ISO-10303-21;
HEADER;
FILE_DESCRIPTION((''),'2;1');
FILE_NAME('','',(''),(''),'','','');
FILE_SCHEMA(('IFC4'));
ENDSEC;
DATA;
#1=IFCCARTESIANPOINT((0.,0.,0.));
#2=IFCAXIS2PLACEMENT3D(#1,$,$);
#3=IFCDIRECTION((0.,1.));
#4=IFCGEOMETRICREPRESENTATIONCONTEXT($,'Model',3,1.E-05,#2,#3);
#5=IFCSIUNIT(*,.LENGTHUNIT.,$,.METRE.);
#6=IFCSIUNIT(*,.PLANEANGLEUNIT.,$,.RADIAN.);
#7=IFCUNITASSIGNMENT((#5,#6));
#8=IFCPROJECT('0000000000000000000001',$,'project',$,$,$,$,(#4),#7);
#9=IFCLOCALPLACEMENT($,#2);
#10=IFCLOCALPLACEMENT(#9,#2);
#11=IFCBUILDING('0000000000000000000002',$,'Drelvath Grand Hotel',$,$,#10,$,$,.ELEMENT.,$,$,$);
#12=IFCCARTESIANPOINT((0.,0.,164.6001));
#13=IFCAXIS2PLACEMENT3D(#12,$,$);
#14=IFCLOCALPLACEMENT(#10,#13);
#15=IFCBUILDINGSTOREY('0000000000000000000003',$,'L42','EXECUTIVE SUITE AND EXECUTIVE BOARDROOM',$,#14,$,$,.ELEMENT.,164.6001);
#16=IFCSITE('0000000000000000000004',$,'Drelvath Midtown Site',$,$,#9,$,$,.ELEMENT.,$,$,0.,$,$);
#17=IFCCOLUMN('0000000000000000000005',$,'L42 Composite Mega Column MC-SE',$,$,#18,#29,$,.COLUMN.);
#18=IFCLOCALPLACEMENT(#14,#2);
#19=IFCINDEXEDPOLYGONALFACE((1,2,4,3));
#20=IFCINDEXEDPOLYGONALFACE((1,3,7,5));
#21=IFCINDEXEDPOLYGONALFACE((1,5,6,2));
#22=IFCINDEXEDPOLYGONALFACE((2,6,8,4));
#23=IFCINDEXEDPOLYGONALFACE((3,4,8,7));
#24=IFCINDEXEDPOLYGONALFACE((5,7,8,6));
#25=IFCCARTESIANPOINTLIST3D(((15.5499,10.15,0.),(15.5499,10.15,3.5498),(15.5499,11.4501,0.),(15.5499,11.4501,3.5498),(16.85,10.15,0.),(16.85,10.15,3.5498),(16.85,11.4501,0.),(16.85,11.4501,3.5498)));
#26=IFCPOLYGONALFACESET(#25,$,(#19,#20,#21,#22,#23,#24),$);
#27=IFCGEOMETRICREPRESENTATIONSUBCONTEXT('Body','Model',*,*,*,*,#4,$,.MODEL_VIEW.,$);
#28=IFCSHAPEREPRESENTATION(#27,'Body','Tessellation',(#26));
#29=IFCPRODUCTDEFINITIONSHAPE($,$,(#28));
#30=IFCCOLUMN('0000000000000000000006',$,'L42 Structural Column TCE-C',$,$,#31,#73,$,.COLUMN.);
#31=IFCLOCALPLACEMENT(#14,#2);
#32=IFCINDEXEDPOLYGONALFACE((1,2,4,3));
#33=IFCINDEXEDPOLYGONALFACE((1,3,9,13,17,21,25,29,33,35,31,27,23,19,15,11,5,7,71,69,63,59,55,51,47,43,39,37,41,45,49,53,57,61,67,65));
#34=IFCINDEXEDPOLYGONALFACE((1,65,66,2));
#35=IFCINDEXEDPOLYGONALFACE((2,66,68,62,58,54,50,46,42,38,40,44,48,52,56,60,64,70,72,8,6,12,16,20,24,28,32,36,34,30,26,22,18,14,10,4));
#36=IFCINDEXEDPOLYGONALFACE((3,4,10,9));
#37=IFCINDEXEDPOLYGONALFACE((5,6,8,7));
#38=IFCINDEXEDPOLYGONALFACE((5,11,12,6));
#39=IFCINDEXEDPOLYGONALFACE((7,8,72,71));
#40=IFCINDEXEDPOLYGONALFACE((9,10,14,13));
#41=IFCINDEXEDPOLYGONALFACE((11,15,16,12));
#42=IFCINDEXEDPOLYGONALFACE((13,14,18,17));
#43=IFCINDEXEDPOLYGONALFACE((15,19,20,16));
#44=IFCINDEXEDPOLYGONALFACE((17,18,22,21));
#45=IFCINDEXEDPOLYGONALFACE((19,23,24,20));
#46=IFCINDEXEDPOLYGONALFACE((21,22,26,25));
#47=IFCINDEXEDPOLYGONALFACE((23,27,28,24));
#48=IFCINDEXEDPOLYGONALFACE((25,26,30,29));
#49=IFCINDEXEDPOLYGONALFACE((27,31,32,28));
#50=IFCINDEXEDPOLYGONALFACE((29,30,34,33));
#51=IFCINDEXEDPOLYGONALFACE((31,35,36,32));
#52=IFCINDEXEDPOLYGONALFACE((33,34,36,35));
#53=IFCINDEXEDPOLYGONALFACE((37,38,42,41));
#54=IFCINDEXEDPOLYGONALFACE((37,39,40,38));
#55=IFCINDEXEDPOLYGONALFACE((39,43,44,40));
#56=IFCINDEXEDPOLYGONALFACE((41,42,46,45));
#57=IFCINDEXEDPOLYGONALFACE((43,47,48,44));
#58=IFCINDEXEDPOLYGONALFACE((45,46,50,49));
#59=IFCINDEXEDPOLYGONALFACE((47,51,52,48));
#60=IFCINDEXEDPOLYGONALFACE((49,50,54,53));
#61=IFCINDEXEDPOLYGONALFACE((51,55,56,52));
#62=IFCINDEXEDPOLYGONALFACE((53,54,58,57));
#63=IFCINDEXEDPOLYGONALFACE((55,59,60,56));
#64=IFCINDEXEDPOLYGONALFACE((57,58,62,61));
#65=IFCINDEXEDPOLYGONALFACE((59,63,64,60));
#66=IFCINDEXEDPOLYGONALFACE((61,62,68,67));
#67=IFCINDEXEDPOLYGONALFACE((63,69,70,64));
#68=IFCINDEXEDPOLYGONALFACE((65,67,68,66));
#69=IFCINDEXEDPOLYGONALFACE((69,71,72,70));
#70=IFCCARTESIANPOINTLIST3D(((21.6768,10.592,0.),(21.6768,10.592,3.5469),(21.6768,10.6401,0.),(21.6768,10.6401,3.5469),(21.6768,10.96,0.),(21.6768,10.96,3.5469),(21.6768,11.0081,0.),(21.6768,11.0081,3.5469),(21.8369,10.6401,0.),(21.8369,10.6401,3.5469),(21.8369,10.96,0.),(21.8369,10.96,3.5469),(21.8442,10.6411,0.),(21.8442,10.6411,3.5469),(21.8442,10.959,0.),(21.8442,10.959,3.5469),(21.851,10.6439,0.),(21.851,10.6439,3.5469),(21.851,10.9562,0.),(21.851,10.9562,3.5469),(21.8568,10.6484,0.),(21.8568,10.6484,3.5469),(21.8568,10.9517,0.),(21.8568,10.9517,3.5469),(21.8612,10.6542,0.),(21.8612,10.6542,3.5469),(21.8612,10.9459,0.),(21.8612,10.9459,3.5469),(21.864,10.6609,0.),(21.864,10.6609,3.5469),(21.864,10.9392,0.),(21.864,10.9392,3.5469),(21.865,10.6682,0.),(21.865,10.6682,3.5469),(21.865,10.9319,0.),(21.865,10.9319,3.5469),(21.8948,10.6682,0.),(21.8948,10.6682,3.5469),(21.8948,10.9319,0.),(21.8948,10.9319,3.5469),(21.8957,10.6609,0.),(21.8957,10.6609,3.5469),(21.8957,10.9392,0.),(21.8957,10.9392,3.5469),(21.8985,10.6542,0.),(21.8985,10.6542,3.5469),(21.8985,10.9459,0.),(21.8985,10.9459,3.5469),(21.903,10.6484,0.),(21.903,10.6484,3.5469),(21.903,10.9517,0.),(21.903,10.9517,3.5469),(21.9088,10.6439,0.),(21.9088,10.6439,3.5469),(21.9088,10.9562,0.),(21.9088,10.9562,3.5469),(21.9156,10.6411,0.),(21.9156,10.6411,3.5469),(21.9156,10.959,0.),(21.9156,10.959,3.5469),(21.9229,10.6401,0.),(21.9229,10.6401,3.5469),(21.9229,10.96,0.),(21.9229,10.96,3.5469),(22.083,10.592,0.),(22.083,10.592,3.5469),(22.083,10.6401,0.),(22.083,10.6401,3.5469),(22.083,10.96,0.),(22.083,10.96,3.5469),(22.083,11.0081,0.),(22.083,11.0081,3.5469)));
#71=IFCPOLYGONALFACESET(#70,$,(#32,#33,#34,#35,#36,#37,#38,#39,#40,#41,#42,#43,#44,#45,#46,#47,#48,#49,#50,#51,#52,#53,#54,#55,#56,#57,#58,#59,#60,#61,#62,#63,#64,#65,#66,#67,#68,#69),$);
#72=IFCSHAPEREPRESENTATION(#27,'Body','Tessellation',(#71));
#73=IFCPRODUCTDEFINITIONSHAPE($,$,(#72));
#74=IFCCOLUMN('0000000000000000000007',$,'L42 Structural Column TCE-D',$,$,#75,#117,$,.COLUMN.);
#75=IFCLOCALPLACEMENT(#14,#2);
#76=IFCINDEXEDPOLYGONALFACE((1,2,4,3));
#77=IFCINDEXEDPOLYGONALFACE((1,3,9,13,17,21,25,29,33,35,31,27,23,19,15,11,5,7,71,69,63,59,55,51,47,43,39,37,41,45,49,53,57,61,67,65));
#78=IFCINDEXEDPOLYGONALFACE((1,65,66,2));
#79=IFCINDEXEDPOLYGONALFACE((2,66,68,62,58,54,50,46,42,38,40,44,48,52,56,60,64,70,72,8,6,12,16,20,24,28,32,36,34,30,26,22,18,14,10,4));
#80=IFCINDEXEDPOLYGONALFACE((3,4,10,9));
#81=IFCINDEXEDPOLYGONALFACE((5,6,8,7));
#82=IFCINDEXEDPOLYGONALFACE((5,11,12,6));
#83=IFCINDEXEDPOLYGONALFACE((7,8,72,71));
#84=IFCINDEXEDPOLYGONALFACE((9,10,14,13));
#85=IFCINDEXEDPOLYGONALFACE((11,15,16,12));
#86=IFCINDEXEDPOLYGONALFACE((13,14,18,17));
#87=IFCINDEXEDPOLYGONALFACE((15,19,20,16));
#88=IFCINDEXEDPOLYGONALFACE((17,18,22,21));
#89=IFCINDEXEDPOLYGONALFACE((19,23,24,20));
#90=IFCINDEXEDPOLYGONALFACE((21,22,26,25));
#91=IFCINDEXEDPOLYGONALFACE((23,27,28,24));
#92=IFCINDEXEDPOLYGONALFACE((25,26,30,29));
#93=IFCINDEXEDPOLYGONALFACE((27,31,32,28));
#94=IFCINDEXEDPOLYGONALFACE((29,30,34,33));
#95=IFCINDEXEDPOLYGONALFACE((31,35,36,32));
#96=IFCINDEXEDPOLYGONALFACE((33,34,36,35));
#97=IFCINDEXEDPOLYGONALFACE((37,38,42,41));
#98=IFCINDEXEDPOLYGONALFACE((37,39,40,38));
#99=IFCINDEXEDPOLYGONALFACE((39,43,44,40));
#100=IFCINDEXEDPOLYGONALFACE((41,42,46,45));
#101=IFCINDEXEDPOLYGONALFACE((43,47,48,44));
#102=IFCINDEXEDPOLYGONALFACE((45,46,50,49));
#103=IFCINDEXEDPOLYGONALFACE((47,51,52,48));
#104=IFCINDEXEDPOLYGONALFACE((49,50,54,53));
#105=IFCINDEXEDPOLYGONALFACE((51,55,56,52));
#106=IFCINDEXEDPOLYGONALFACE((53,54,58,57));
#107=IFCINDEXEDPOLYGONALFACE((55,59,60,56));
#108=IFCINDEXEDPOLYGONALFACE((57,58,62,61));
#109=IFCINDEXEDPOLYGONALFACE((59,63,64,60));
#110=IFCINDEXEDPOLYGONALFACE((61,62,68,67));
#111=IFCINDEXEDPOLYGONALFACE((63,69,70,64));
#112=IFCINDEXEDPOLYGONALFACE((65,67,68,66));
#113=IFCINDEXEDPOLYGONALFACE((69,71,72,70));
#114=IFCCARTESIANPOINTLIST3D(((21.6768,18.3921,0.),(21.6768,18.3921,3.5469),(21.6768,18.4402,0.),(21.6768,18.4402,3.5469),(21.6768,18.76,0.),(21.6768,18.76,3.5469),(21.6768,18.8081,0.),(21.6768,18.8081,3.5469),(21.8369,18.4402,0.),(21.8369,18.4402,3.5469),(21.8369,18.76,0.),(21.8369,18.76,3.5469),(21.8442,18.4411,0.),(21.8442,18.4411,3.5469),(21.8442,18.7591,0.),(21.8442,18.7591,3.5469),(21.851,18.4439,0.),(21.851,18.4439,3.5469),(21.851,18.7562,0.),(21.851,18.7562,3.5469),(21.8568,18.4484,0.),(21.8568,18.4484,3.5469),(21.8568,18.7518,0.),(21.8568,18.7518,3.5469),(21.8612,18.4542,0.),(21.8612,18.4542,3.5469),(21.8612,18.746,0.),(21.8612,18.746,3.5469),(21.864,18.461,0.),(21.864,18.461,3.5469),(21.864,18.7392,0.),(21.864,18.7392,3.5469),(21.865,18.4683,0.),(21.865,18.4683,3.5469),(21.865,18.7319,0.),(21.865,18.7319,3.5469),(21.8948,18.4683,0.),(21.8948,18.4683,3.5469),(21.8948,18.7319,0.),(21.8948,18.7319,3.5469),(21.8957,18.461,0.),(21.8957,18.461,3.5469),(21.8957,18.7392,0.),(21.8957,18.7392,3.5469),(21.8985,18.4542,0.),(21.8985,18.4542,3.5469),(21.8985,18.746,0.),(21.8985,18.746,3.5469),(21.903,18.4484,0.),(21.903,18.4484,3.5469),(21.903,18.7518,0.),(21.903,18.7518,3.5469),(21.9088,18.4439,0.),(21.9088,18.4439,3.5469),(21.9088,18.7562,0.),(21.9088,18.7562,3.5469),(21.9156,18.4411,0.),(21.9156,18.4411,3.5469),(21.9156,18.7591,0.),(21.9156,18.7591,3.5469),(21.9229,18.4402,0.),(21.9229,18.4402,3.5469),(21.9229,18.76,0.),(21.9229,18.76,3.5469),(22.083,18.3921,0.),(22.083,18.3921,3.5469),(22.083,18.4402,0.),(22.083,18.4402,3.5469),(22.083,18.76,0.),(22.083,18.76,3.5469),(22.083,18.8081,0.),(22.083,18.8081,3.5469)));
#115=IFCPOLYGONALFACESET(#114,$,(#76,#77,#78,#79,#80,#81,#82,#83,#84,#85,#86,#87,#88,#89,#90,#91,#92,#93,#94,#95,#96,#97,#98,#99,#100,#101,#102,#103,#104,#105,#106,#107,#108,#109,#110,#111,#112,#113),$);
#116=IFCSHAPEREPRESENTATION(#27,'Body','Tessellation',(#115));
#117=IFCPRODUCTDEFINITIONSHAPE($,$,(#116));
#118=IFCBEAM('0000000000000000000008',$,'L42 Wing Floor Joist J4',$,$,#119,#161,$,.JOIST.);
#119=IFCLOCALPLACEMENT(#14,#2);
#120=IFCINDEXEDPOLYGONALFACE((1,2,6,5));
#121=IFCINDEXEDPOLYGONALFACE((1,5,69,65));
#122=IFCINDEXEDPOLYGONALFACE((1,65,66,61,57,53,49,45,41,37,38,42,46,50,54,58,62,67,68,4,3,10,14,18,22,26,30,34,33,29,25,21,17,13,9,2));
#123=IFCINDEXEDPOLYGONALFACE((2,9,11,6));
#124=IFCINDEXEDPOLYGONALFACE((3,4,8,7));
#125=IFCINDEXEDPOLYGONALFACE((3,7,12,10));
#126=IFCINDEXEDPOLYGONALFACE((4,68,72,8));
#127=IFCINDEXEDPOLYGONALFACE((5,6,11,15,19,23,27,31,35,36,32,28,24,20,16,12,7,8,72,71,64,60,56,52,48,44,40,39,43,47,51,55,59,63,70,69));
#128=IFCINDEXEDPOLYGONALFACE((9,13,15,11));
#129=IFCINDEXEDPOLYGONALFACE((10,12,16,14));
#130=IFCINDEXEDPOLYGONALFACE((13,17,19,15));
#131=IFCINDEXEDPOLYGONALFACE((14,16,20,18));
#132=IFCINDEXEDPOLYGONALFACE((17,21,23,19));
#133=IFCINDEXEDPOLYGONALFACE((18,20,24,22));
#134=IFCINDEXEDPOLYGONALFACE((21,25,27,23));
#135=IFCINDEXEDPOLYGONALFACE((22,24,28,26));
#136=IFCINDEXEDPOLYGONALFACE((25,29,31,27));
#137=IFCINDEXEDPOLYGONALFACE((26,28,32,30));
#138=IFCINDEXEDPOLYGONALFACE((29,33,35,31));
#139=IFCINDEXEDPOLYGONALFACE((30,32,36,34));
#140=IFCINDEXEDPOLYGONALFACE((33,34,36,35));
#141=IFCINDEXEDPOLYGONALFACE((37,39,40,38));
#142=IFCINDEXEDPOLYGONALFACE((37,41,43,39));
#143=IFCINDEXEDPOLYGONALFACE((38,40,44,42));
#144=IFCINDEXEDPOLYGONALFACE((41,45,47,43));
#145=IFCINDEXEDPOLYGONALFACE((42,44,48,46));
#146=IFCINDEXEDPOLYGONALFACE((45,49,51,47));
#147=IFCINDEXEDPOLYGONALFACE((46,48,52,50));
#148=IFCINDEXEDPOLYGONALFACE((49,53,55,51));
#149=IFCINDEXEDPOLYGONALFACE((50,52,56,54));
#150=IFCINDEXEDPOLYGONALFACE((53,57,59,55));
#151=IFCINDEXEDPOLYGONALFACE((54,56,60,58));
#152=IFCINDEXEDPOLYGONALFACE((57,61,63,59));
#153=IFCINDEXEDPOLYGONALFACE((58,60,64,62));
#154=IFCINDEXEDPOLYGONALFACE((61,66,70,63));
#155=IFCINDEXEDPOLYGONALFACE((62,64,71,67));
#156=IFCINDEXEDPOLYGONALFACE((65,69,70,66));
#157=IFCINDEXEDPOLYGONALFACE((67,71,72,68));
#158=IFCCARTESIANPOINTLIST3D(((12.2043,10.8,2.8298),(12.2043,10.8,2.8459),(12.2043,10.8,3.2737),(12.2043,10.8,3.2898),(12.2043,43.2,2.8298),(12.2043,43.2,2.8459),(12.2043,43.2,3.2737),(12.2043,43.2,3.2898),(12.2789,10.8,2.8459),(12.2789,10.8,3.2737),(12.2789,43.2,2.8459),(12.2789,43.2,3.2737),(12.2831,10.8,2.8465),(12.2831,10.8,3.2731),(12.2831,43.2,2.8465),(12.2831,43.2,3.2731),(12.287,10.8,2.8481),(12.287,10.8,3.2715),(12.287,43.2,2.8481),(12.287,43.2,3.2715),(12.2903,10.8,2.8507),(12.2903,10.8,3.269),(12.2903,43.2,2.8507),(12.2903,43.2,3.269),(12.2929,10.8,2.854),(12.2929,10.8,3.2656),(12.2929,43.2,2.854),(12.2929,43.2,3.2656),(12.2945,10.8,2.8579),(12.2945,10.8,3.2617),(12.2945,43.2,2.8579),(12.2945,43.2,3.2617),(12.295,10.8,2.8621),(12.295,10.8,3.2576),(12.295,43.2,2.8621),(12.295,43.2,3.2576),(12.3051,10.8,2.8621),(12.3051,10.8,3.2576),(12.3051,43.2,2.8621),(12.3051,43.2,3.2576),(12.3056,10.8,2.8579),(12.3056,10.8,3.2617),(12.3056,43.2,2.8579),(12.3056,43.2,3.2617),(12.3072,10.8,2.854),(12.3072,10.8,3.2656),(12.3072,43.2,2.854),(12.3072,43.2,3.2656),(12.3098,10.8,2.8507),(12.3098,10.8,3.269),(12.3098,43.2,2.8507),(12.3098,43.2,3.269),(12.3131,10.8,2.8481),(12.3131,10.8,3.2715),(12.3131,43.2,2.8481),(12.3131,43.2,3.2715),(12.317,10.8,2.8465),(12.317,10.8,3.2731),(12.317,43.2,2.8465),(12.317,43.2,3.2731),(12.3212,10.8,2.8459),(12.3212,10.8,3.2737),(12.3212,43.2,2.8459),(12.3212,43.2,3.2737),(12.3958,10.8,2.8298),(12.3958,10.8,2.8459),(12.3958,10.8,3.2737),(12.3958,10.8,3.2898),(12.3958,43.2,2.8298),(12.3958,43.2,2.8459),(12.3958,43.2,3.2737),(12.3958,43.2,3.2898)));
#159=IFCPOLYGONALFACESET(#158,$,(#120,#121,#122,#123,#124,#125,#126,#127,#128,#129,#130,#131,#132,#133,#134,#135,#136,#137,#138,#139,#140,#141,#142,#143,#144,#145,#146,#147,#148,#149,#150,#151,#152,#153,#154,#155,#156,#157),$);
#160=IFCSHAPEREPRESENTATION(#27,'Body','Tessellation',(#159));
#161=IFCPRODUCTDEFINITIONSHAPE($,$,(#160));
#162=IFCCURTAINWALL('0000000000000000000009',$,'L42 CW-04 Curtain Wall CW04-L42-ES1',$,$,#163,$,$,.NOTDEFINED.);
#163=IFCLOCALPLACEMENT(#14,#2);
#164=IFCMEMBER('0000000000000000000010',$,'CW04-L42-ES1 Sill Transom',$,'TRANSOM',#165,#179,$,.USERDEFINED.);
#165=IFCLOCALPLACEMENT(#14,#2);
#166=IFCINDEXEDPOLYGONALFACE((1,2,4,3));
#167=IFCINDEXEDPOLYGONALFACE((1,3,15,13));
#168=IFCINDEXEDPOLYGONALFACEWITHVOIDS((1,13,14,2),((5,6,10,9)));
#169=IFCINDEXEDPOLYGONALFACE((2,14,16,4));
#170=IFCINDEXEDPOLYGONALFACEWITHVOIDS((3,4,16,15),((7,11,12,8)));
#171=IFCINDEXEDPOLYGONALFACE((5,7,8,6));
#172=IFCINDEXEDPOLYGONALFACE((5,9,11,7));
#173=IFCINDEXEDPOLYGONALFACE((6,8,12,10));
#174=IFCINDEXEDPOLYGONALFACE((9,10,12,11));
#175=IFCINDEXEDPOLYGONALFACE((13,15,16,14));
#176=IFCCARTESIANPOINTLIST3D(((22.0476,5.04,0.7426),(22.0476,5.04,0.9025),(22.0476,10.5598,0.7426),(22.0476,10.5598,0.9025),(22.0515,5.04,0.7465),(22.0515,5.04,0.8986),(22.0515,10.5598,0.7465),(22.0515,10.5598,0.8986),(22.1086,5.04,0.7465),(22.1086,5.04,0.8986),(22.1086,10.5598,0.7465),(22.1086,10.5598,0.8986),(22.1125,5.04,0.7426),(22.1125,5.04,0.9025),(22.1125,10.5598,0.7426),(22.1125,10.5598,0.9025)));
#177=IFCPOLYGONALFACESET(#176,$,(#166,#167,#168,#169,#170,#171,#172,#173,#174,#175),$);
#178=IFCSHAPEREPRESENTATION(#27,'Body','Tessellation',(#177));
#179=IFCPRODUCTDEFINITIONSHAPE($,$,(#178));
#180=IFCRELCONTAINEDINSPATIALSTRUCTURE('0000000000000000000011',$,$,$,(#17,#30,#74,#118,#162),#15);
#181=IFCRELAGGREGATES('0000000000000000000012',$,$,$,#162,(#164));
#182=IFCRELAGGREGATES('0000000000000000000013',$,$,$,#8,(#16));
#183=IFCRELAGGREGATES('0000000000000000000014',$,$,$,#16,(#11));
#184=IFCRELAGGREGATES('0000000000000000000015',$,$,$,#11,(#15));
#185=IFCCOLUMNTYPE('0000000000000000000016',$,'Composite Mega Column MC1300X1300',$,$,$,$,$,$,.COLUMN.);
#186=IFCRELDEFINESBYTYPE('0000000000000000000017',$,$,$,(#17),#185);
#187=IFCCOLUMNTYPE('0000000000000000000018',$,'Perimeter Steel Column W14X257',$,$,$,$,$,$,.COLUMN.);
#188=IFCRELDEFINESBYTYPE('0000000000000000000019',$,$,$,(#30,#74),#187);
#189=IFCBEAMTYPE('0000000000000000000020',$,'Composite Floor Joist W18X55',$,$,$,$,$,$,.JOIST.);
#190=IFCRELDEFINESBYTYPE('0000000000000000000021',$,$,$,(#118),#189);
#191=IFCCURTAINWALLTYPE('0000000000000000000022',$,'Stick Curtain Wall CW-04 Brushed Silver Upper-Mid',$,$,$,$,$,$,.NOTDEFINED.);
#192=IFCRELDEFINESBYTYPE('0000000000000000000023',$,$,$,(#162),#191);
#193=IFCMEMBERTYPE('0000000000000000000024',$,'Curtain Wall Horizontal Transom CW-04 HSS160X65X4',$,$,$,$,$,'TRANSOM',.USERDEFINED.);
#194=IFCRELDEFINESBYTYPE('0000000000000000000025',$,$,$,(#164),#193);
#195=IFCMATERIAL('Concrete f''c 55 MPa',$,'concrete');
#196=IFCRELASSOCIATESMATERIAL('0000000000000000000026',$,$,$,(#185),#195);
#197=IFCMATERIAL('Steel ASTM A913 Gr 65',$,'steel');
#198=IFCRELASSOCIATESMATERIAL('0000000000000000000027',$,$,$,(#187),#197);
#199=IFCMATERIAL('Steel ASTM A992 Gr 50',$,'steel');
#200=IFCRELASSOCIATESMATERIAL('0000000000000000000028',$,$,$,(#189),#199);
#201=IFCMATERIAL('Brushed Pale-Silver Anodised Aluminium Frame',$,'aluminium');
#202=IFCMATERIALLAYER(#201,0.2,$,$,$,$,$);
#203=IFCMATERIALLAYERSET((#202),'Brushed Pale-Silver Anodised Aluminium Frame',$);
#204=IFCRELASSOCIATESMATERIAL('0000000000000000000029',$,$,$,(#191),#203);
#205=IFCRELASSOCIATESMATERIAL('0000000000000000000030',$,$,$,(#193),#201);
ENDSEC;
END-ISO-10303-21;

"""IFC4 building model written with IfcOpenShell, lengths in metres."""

from ifc_helpers import new_model, si_unit, direction, frame, origin, origin_2d, place, context, subcontext, project, spatial, rectangle, hollow_rectangle, i_section, extrude, material, layer, layer_set, material_profile, profile_set, type_object, element, aggregate, save


model = new_model("IFC4")

# Units and contexts
model_context = context("Model", 3, precision=1e-05, world=origin(), true_north=direction((0.0, 1.0)))
body_context = subcontext(model_context, "Body", "Model", "MODEL_VIEW")
ifc_project = project(units=[si_unit("LENGTHUNIT", "METRE"), si_unit("PLANEANGLEUNIT", "RADIAN")], contexts=[model_context])

# Site, building, storey
site_placement = place(None, origin())
site = spatial("IfcSite", under=ifc_project, at=site_placement, Name="Drelvath Midtown Site", CompositionType="ELEMENT", RefElevation=0.0)
building_placement = place(site_placement, origin())
building = spatial("IfcBuilding", under=site, at=building_placement, Name="Drelvath Grand Hotel", CompositionType="ELEMENT")
storey_placement = place(building_placement, frame((0.0, 0.0, 164.6001)))
storey = spatial("IfcBuildingStorey", under=building, at=storey_placement, Name="L42", Description="EXECUTIVE SUITE AND EXECUTIVE BOARDROOM", CompositionType="ELEMENT", Elevation=164.6001)

# Columns
ifc_material_1 = material(Name="Concrete f'c 55 MPa", Category="concrete")
ifc_material_profile_1 = material_profile(ifc_material_1, rectangle(XDim=1.3, YDim=1.3, at=origin_2d()), Name="MC1300X1300")
ifc_profile_set_1 = profile_set([ifc_material_profile_1], Name="Concrete f'c 55 MPa")
column_type_1 = type_object("IfcColumnType", Name="Composite Mega Column MC1300X1300", PredefinedType="COLUMN", material=ifc_profile_set_1)
column_placement = place(storey_placement, frame((16.2, 10.8, 0.0), z_axis=(0.0, 0.0, 1.0), x_axis=(1.0, 0.0, 0.0)))
element("IfcColumn", 1, at=column_placement, inside=storey, type_object=column_type_1, Name="L42 Composite Mega Column MC-SE", PredefinedType="COLUMN", context=body_context, shape_type="SweptSolid", body=[
    extrude(rectangle(XDim=1.3, YDim=1.3, at=origin_2d()), origin(), (0.0, 0.0, 1.0), 3.5498),
])
ifc_material_2 = material(Name="Steel ASTM A913 Gr 65", Category="steel")
ifc_material_profile_2 = material_profile(ifc_material_2, i_section(OverallWidth=0.4062, OverallDepth=0.416, WebThickness=0.0298, FlangeThickness=0.0481, FilletRadius=0.0281, at=origin_2d()), Name="W14X257")
ifc_profile_set_2 = profile_set([ifc_material_profile_2], Name="Steel ASTM A913 Gr 65")
column_type_2 = type_object("IfcColumnType", Name="Perimeter Steel Column W14X257", PredefinedType="COLUMN", material=ifc_profile_set_2)
for number, where, z_axis, x_axis, name in (
    (2, (21.8799, 10.8, 0.0), (0.0, 0.0, 1.0), (1.0, 0.0, 0.0), "L42 Structural Column TCE-C"),
    (3, (21.8799, 18.6001, 0.0), (0.0, 0.0, 1.0), (1.0, 0.0, 0.0), "L42 Structural Column TCE-D"),
):
    element("IfcColumn", number, at=place(storey_placement, frame(where, z_axis=z_axis, x_axis=x_axis)), inside=storey, type_object=column_type_2, Name=name, PredefinedType="COLUMN", context=body_context, shape_type="SweptSolid", body=[
        extrude(i_section(OverallWidth=0.4062, OverallDepth=0.416, WebThickness=0.0298, FlangeThickness=0.0481, FilletRadius=0.0281, at=origin_2d()), origin(), (0.0, 0.0, 1.0), 3.5469),
    ])

# Beam
ifc_material_3 = material(Name="Steel ASTM A992 Gr 50", Category="steel")
ifc_material_profile_3 = material_profile(ifc_material_3, i_section(OverallWidth=0.1914, OverallDepth=0.46, WebThickness=0.01, FlangeThickness=0.0161, FilletRadius=0.0161, at=origin_2d()), Name="W18X55")
ifc_profile_set_3 = profile_set([ifc_material_profile_3], Name="Steel ASTM A992 Gr 50")
beam_type_1 = type_object("IfcBeamType", Name="Composite Floor Joist W18X55", PredefinedType="JOIST", material=ifc_profile_set_3)
beam_1_placement = place(storey_placement, frame((12.3, 10.8, 3.0598), z_axis=(0.0, 1.0, 0.0), x_axis=(-1.0, 0.0, 0.0)))
element("IfcBeam", 4, at=beam_1_placement, inside=storey, type_object=beam_type_1, Name="L42 Wing Floor Joist J4", PredefinedType="JOIST", context=body_context, shape_type="SweptSolid", body=[
    extrude(i_section(OverallWidth=0.1914, OverallDepth=0.46, WebThickness=0.01, FlangeThickness=0.0161, FilletRadius=0.0161, at=origin_2d()), origin(), (0.0, 0.0, 1.0), 32.3999),
])

# Curtain wall, member
ifc_material_4 = material(Name="Brushed Pale-Silver Anodised Aluminium Frame", Category="aluminium")
ifc_layer_1 = layer(ifc_material_4, 0.2)
ifc_layer_set_1 = layer_set([ifc_layer_1], Name="Brushed Pale-Silver Anodised Aluminium Frame")
curtain_wall_type = type_object("IfcCurtainWallType", Name="Stick Curtain Wall CW-04 Brushed Silver Upper-Mid", PredefinedType="NOTDEFINED", material=ifc_layer_set_1)
curtain_wall_1_placement = place(storey_placement, origin())
curtain_wall_1 = element("IfcCurtainWall", 5, at=curtain_wall_1_placement, inside=storey, type_object=curtain_wall_type, Name="L42 CW-04 Curtain Wall CW04-L42-ES1", PredefinedType="NOTDEFINED")
ifc_material_profile_4 = material_profile(ifc_material_4, hollow_rectangle(XDim=0.0649, YDim=0.1599, WallThickness=0.0039, at=origin_2d()), Name="HSS160X65X4")
ifc_profile_set_4 = profile_set([ifc_material_profile_4], Name="Brushed Pale-Silver Anodised Aluminium Frame")
member_type_1 = type_object("IfcMemberType", Name="Curtain Wall Horizontal Transom CW-04 HSS160X65X4", ElementType="TRANSOM", PredefinedType="USERDEFINED", material=ifc_profile_set_4)
member_1_placement = place(storey_placement, frame((22.0801, 10.5598, 0.8225), z_axis=(0.0, -1.0, 0.0), x_axis=(1.0, 0.0, 0.0)))
member_1 = element("IfcMember", 6, at=member_1_placement, type_object=member_type_1, Name="CW04-L42-ES1 Sill Transom", ObjectType="TRANSOM", PredefinedType="USERDEFINED", context=body_context, shape_type="SweptSolid", body=[
    extrude(hollow_rectangle(XDim=0.0649, YDim=0.1599, WallThickness=0.0039, at=origin_2d()), origin(), (0.0, 0.0, 1.0), 5.5198),
])

aggregate(curtain_wall_1, [member_1])

save(model, "model.ifc")
